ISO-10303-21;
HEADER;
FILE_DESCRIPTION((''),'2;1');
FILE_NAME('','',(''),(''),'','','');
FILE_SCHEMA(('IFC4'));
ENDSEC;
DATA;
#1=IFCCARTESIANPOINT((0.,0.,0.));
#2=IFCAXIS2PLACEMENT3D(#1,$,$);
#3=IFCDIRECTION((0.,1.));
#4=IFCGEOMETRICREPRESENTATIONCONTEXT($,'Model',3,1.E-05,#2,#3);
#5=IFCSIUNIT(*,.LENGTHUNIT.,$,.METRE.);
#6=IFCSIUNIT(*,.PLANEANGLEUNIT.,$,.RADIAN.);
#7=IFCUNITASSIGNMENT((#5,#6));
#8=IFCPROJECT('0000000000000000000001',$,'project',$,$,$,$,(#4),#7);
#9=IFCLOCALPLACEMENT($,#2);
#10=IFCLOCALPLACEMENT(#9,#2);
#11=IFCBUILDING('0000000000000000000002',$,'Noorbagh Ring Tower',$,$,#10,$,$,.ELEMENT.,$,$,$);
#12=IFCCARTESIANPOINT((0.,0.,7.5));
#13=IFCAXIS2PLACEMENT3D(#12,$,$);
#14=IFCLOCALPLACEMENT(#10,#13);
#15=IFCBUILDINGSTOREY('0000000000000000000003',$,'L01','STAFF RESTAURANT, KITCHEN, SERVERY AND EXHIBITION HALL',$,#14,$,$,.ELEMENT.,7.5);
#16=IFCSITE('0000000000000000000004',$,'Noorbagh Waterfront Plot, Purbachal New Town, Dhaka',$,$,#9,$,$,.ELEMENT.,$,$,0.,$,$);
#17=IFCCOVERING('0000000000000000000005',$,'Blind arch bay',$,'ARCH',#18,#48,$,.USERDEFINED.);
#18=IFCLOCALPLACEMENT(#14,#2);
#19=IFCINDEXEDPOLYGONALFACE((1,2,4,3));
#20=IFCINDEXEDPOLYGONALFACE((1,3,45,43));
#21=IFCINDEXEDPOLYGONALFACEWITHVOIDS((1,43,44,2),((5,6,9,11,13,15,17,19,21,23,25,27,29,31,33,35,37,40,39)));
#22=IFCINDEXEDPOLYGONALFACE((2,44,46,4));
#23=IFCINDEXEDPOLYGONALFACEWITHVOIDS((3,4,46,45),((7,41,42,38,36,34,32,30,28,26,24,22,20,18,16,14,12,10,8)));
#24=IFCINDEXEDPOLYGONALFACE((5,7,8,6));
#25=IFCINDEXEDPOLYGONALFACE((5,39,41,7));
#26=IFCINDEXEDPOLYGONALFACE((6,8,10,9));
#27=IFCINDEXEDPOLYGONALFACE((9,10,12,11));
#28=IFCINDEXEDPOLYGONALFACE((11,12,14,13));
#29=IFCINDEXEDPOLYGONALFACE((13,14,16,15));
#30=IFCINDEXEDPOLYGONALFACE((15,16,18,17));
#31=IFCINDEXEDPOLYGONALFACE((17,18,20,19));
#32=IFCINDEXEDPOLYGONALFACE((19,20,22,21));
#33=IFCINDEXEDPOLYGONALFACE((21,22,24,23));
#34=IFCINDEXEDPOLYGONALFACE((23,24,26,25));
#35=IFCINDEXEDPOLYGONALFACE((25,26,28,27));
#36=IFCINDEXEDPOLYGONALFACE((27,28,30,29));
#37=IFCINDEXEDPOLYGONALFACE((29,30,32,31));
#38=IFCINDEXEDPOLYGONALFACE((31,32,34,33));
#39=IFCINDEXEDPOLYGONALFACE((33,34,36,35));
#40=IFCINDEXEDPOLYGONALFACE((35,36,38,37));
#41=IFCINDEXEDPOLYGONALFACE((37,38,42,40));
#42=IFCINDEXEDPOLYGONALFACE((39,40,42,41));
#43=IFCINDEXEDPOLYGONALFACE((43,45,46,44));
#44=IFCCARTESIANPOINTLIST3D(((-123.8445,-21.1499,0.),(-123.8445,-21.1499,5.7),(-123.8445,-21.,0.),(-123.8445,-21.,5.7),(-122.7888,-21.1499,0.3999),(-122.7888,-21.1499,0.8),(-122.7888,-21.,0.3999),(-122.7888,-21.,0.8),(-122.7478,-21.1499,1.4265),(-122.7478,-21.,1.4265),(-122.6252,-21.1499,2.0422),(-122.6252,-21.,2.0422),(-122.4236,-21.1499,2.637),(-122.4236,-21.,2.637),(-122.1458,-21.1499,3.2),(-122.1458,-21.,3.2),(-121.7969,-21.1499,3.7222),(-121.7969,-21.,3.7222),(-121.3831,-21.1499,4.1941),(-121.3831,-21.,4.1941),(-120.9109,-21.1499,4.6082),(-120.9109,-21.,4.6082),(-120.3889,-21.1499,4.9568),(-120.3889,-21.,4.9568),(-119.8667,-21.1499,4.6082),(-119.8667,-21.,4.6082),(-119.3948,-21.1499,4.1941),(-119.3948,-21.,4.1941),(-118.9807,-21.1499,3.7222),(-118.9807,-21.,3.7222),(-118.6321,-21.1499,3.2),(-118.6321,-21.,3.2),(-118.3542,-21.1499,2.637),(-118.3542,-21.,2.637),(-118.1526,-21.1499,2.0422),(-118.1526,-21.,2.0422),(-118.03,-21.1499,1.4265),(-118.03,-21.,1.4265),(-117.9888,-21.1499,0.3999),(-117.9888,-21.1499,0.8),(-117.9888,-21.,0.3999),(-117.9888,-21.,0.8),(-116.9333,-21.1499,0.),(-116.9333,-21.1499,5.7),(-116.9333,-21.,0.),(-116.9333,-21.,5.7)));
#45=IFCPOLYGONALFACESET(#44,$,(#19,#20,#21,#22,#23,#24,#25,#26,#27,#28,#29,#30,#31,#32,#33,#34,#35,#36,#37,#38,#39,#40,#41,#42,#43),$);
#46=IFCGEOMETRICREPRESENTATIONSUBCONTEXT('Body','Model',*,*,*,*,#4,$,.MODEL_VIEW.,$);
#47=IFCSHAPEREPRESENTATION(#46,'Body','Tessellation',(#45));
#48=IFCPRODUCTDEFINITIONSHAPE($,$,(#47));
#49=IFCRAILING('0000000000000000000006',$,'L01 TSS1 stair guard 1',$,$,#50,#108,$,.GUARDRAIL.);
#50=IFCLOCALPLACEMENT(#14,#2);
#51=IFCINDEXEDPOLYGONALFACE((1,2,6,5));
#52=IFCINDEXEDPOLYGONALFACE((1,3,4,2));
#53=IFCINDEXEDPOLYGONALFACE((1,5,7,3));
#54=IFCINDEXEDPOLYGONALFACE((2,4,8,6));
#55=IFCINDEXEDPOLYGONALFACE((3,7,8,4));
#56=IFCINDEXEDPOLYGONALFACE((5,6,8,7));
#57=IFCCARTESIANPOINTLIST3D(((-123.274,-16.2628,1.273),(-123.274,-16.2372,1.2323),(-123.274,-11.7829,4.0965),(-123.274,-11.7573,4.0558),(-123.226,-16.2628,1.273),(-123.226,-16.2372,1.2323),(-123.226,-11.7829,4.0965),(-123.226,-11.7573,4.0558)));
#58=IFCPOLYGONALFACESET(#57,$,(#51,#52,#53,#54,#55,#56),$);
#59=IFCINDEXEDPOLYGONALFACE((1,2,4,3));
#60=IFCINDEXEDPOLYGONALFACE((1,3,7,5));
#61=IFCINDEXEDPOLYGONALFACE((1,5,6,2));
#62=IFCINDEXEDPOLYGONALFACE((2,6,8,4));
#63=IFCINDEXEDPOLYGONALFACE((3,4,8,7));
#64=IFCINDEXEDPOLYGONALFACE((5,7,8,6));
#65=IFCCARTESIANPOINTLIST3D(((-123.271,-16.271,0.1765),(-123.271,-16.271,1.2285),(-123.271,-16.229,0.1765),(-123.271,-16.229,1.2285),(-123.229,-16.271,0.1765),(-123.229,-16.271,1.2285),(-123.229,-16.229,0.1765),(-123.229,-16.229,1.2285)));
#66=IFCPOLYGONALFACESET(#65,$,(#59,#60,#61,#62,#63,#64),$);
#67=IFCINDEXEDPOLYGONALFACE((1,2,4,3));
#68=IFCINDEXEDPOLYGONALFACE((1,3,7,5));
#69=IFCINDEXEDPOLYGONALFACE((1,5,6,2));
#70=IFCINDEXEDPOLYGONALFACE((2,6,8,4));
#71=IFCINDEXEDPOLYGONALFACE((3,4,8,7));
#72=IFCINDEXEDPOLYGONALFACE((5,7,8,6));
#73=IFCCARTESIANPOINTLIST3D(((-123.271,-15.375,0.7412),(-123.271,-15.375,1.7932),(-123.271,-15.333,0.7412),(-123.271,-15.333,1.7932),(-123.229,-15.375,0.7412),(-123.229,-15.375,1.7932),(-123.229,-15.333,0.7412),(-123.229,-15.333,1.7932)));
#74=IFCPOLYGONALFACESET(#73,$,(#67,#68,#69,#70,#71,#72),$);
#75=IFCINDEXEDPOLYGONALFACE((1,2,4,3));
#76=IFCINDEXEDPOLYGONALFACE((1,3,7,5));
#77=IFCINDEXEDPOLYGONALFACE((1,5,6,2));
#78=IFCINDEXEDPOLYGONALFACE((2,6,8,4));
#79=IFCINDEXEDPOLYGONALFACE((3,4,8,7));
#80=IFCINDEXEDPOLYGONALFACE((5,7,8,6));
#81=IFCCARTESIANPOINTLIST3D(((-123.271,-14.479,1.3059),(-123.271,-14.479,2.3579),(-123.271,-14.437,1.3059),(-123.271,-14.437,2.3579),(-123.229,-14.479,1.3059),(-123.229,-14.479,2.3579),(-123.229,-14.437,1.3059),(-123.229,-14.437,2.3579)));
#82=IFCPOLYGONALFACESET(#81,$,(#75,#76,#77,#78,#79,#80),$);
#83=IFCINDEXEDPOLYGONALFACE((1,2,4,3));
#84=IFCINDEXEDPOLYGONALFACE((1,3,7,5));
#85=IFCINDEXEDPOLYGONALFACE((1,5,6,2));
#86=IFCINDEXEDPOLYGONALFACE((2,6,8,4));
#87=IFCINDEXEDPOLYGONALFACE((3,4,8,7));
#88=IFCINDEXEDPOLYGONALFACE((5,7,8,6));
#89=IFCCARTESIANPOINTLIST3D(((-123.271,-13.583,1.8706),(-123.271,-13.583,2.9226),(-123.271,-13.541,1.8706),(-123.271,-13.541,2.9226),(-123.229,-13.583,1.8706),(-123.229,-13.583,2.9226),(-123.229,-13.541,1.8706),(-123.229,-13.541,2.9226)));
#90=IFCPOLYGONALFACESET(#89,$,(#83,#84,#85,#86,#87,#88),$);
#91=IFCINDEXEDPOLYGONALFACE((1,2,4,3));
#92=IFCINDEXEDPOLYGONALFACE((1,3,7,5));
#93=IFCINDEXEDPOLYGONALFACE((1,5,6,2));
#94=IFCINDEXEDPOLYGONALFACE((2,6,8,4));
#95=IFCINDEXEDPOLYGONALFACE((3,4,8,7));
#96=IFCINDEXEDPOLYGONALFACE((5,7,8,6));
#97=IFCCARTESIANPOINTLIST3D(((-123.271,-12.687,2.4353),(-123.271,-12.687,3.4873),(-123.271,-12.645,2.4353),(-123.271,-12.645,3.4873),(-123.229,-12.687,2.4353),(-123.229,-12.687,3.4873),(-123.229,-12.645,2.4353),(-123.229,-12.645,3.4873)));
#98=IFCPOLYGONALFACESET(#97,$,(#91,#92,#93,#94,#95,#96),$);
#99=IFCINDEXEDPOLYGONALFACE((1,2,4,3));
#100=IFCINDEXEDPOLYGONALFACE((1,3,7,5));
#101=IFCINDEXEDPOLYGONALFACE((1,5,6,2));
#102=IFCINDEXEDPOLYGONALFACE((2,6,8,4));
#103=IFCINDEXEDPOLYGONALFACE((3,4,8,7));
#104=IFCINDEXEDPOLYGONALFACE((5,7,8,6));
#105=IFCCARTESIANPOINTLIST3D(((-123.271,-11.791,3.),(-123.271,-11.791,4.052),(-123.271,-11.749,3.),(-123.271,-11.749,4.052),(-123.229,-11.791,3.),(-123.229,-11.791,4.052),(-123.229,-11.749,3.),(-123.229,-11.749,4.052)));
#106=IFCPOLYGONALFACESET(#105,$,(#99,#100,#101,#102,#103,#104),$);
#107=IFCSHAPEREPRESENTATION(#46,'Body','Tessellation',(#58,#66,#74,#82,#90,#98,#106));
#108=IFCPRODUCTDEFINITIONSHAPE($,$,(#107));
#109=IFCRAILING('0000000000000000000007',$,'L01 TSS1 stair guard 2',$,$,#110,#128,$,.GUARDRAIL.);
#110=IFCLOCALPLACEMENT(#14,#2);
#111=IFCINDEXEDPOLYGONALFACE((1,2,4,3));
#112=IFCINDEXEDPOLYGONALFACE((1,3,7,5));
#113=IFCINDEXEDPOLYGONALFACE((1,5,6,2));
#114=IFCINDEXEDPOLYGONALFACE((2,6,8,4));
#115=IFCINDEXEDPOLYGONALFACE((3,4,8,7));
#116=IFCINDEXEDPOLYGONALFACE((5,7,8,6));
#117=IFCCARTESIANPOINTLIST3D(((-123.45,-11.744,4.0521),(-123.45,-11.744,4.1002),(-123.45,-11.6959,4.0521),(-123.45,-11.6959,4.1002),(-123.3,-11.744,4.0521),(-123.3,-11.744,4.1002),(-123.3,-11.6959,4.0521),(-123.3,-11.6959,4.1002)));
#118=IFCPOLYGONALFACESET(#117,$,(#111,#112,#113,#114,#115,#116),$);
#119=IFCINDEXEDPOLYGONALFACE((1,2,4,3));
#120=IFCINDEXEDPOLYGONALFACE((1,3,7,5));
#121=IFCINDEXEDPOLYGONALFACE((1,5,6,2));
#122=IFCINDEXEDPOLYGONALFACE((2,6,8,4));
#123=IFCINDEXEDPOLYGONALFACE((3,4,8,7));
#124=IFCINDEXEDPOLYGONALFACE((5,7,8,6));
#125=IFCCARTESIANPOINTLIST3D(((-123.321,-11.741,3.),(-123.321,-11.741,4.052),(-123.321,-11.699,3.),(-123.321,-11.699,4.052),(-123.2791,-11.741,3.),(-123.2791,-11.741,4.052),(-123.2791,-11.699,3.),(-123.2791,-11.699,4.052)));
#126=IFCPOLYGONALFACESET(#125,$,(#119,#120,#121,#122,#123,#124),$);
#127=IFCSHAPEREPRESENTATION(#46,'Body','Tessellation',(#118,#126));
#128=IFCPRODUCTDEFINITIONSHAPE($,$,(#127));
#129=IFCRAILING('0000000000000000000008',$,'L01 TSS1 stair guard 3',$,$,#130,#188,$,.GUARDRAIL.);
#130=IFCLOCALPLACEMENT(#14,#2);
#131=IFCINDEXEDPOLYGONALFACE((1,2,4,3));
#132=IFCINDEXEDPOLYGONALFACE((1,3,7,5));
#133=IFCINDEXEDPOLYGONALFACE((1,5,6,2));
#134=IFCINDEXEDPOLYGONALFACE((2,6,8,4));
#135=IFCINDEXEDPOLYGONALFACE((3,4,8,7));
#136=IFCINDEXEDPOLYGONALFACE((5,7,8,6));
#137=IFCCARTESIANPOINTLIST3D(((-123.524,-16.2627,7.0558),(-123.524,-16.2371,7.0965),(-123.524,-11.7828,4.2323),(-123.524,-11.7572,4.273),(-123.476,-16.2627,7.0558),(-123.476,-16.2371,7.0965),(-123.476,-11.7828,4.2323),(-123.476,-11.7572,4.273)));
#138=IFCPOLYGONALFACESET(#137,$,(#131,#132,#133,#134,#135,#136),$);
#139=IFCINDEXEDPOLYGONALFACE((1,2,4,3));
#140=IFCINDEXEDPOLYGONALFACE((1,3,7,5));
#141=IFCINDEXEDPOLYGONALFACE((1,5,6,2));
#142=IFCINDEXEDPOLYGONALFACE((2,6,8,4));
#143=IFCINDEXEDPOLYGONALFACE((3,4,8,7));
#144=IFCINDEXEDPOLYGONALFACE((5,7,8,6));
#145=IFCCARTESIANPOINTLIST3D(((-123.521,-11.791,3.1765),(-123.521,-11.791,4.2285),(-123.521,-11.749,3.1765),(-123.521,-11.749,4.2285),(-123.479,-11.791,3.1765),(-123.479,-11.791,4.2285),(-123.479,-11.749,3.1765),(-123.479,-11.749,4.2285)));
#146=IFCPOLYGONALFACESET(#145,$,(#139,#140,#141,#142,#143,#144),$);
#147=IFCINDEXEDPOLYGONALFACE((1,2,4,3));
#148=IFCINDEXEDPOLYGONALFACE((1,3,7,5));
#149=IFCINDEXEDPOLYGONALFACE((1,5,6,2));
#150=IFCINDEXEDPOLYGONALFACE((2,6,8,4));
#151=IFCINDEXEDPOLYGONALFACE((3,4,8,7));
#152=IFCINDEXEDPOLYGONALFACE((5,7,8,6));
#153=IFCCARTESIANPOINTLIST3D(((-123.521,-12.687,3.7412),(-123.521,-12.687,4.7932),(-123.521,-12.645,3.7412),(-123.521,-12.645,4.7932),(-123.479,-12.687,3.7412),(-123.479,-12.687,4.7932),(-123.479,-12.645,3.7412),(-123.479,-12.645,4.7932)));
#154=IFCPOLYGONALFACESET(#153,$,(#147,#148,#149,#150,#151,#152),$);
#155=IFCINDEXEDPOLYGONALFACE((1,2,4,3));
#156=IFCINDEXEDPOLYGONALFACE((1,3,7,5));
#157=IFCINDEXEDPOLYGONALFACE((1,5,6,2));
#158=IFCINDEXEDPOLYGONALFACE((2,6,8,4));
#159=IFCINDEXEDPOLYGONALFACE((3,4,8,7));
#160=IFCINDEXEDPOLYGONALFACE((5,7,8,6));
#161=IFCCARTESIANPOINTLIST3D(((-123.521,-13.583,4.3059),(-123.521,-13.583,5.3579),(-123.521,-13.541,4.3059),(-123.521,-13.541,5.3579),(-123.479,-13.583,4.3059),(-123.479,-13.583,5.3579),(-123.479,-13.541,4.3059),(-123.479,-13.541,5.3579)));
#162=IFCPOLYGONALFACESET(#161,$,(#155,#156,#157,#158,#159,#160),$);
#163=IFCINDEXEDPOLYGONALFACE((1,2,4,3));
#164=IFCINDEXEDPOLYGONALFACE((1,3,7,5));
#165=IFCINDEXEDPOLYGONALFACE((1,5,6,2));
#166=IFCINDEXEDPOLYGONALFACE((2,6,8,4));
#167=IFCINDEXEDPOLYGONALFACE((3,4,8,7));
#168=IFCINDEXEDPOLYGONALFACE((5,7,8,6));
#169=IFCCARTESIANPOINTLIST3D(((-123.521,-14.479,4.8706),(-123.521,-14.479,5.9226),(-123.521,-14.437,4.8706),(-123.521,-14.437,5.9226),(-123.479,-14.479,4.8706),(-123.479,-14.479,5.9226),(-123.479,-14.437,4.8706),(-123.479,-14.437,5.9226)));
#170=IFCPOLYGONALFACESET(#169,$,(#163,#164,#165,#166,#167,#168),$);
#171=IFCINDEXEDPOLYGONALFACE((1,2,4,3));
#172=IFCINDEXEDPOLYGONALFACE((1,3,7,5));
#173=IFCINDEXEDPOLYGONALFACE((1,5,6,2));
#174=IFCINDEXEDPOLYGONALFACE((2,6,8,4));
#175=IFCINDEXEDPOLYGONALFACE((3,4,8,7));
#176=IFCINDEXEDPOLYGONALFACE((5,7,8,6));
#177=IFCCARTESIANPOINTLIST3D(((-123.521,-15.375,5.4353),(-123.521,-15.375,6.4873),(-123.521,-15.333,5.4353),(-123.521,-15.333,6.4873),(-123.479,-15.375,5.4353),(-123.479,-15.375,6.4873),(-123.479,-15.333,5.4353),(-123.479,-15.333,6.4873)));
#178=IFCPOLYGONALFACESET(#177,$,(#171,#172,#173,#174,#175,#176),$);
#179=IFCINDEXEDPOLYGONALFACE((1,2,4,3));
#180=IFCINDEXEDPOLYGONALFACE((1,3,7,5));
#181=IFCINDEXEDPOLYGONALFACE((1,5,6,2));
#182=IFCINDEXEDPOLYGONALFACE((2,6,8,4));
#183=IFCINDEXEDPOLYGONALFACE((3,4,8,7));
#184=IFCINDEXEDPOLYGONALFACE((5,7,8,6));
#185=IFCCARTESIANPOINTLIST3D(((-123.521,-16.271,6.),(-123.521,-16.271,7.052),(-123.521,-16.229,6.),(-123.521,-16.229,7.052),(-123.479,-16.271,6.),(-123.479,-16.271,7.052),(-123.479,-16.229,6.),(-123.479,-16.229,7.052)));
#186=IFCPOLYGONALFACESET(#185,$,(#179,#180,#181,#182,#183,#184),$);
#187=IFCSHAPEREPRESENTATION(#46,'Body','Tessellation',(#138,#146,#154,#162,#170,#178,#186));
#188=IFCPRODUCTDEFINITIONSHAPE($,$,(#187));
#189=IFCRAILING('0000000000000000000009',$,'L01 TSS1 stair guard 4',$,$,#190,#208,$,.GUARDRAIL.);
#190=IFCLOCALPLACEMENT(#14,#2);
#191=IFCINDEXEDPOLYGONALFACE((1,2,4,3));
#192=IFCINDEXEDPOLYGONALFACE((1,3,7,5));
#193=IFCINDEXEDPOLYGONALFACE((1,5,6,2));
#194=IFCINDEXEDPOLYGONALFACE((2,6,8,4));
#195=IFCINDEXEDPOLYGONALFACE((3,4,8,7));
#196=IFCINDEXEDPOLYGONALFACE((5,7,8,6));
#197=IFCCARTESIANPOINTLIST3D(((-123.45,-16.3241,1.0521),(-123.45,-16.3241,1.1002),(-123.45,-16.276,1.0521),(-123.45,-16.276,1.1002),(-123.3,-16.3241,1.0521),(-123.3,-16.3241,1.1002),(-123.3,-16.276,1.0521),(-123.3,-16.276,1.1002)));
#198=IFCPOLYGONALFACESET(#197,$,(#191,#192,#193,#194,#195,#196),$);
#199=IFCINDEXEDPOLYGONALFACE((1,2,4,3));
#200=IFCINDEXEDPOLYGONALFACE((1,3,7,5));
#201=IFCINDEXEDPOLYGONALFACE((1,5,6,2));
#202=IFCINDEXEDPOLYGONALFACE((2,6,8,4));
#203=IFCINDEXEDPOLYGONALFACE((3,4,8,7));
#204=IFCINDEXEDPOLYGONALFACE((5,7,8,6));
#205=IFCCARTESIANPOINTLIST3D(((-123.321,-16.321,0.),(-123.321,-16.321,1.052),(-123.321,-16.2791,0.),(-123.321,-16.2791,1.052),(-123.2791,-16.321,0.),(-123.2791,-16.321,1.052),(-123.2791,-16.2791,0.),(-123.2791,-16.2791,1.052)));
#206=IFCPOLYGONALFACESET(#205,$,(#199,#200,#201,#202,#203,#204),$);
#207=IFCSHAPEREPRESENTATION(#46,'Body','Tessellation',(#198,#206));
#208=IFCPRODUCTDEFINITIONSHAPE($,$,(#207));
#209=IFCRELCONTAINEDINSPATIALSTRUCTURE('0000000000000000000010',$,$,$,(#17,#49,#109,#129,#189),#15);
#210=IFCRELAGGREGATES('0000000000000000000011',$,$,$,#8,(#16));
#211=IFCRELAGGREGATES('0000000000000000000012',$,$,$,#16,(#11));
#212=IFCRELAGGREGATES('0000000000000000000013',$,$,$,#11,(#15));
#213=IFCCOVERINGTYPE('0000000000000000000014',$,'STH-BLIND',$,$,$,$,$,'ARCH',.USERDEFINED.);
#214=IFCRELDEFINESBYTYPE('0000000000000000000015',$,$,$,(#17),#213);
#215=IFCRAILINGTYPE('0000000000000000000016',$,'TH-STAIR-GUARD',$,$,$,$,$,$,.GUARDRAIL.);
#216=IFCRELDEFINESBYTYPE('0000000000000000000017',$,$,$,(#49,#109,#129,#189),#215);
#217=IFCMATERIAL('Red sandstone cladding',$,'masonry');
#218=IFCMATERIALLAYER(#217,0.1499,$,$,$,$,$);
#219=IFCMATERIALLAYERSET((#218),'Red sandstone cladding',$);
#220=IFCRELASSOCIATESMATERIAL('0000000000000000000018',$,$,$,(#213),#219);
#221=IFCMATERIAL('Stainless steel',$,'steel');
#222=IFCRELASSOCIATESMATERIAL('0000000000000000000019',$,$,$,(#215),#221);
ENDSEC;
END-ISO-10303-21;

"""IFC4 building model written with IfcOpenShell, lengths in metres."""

from ifc_helpers import new_model, si_unit, direction, frame, origin, origin_2d, place, context, subcontext, project, spatial, polyline, rectangle, outline, extrude, material, layer, layer_set, type_object, element, save


model = new_model("IFC4")

# Units and contexts
model_context = context("Model", 3, precision=1e-05, world=origin(), true_north=direction((0.0, 1.0)))
body_context = subcontext(model_context, "Body", "Model", "MODEL_VIEW")
ifc_project = project(units=[si_unit("LENGTHUNIT", "METRE"), si_unit("PLANEANGLEUNIT", "RADIAN")], contexts=[model_context])

# Site, building, storey
site_placement = place(None, origin())
site = spatial("IfcSite", under=ifc_project, at=site_placement, Name="Noorbagh Waterfront Plot, Purbachal New Town, Dhaka", CompositionType="ELEMENT", RefElevation=0.0)
building_placement = place(site_placement, origin())
building = spatial("IfcBuilding", under=site, at=building_placement, Name="Noorbagh Ring Tower", CompositionType="ELEMENT")
storey_placement = place(building_placement, frame((0.0, 0.0, 7.5)))
storey = spatial("IfcBuildingStorey", under=building, at=storey_placement, Name="L01", Description="STAFF RESTAURANT, KITCHEN, SERVERY AND EXHIBITION HALL", CompositionType="ELEMENT", Elevation=7.5)

# Covering
ifc_material_1 = material(Name="Red sandstone cladding", Category="masonry")
ifc_layer_1 = layer(ifc_material_1, 0.1499)
ifc_layer_set_1 = layer_set([ifc_layer_1], Name="Red sandstone cladding")
covering_type = type_object("IfcCoveringType", Name="STH-BLIND", ElementType="ARCH", PredefinedType="USERDEFINED", material=ifc_layer_set_1)
for number, where, z_axis, x_axis, name in (
    (1, (-123.8445, -21.1499, 0.0), (0.0, -1.0, 0.0), (1.0, 0.0, 0.0), "Blind arch bay"),
):
    element("IfcCovering", number, at=place(storey_placement, frame(where, z_axis=z_axis, x_axis=x_axis)), inside=storey, type_object=covering_type, Name=name, ObjectType="ARCH", PredefinedType="USERDEFINED", context=body_context, shape_type="SweptSolid", body=[
        extrude(outline(polyline([(0.0, 0.0), (6.9111, 0.0), (6.9111, 5.7), (0.0, 5.7), (0.0, 0.0)]), holes=[polyline([(1.0557, 0.3999), (1.0557, 0.8), (1.0967, 1.4265), (1.2192, 2.0422), (1.4209, 2.637), (1.6987, 3.2), (2.0476, 3.7222), (2.4614, 4.1941), (2.9336, 4.6082), (3.4556, 4.9568), (3.9778, 4.6082), (4.4497, 4.1941), (4.8638, 3.7222), (5.2124, 3.2), (5.4902, 2.637), (5.6919, 2.0422), (5.8145, 1.4265), (5.8557, 0.8), (5.8557, 0.3999), (1.0557, 0.3999)])]), origin(), (0.0, 0.0, -1.0), 0.1499),
    ])

# Railings
ifc_material_2 = material(Name="Stainless steel", Category="steel")
railing_type_1 = type_object("IfcRailingType", Name="TH-STAIR-GUARD", PredefinedType="GUARDRAIL", material=ifc_material_2)
railing_1_placement = place(storey_placement, frame((-123.25, -16.25, 0.1765)))
element("IfcRailing", 2, at=railing_1_placement, inside=storey, type_object=railing_type_1, Name="L01 TSS1 stair guard 1", PredefinedType="GUARDRAIL", context=body_context, shape_type="SweptSolid", body=[
    extrude(rectangle(XDim=0.0481, YDim=0.0481, at=origin_2d()), frame((0.0, 0.0, 1.0762), z_axis=(0.0, 0.845998, 0.533186), x_axis=(-1.0, 0.0, 0.0)), (0.0, 0.0, 1.0), 5.2954),
    extrude(rectangle(XDim=0.042, YDim=0.042, at=origin_2d()), origin(), (0.0, 0.0, 1.0), 1.052),
    extrude(rectangle(XDim=0.042, YDim=0.042, at=origin_2d()), frame((0.0, 0.896, 0.5647)), (0.0, 0.0, 1.0), 1.052),
    extrude(rectangle(XDim=0.042, YDim=0.042, at=origin_2d()), frame((0.0, 1.792, 1.1294)), (0.0, 0.0, 1.0), 1.052),
    extrude(rectangle(XDim=0.042, YDim=0.042, at=origin_2d()), frame((0.0, 2.688, 1.6941)), (0.0, 0.0, 1.0), 1.052),
    extrude(rectangle(XDim=0.042, YDim=0.042, at=origin_2d()), frame((0.0, 3.584, 2.2588)), (0.0, 0.0, 1.0), 1.052),
    extrude(rectangle(XDim=0.042, YDim=0.042, at=origin_2d()), frame((0.0, 4.48, 2.8235)), (0.0, 0.0, 1.0), 1.052),
])
railing_2_placement = place(storey_placement, frame((-123.3, -11.72, 3.0)))
element("IfcRailing", 3, at=railing_2_placement, inside=storey, type_object=railing_type_1, Name="L01 TSS1 stair guard 2", PredefinedType="GUARDRAIL", context=body_context, shape_type="SweptSolid", body=[
    extrude(rectangle(XDim=0.0481, YDim=0.0481, at=origin_2d()), frame((0.0, 0.0, 1.0762), z_axis=(-1.0, 0.0, 0.0), x_axis=(0.0, -1.0, 0.0)), (0.0, 0.0, 1.0), 0.1499),
    extrude(rectangle(XDim=0.042, YDim=0.042, at=origin_2d()), origin(), (0.0, 0.0, 1.0), 1.052),
])
railing_3_placement = place(storey_placement, frame((-123.5, -11.77, 3.1765)))
element("IfcRailing", 4, at=railing_3_placement, inside=storey, type_object=railing_type_1, Name="L01 TSS1 stair guard 3", PredefinedType="GUARDRAIL", context=body_context, shape_type="SweptSolid", body=[
    extrude(rectangle(XDim=0.0481, YDim=0.0481, at=origin_2d()), frame((0.0, 0.0, 1.0762), z_axis=(0.0, -0.845998, 0.533186), x_axis=(1.0, 0.0, 0.0)), (0.0, 0.0, 1.0), 5.2954),
    extrude(rectangle(XDim=0.042, YDim=0.042, at=origin_2d()), origin(), (0.0, 0.0, 1.0), 1.052),
    extrude(rectangle(XDim=0.042, YDim=0.042, at=origin_2d()), frame((0.0, -0.896, 0.5647)), (0.0, 0.0, 1.0), 1.052),
    extrude(rectangle(XDim=0.042, YDim=0.042, at=origin_2d()), frame((0.0, -1.792, 1.1294)), (0.0, 0.0, 1.0), 1.052),
    extrude(rectangle(XDim=0.042, YDim=0.042, at=origin_2d()), frame((0.0, -2.688, 1.6941)), (0.0, 0.0, 1.0), 1.052),
    extrude(rectangle(XDim=0.042, YDim=0.042, at=origin_2d()), frame((0.0, -3.584, 2.2588)), (0.0, 0.0, 1.0), 1.052),
    extrude(rectangle(XDim=0.042, YDim=0.042, at=origin_2d()), frame((0.0, -4.48, 2.8235)), (0.0, 0.0, 1.0), 1.052),
])
railing_4_placement = place(storey_placement, frame((-123.3, -16.3, 0.0)))
element("IfcRailing", 5, at=railing_4_placement, inside=storey, type_object=railing_type_1, Name="L01 TSS1 stair guard 4", PredefinedType="GUARDRAIL", context=body_context, shape_type="SweptSolid", body=[
    extrude(rectangle(XDim=0.0481, YDim=0.0481, at=origin_2d()), frame((0.0, 0.0, 1.0762), z_axis=(-1.0, 0.0, 0.0), x_axis=(0.0, -1.0, 0.0)), (0.0, 0.0, 1.0), 0.1499),
    extrude(rectangle(XDim=0.042, YDim=0.042, at=origin_2d()), origin(), (0.0, 0.0, 1.0), 1.052),
])

save(model, "model.ifc")
